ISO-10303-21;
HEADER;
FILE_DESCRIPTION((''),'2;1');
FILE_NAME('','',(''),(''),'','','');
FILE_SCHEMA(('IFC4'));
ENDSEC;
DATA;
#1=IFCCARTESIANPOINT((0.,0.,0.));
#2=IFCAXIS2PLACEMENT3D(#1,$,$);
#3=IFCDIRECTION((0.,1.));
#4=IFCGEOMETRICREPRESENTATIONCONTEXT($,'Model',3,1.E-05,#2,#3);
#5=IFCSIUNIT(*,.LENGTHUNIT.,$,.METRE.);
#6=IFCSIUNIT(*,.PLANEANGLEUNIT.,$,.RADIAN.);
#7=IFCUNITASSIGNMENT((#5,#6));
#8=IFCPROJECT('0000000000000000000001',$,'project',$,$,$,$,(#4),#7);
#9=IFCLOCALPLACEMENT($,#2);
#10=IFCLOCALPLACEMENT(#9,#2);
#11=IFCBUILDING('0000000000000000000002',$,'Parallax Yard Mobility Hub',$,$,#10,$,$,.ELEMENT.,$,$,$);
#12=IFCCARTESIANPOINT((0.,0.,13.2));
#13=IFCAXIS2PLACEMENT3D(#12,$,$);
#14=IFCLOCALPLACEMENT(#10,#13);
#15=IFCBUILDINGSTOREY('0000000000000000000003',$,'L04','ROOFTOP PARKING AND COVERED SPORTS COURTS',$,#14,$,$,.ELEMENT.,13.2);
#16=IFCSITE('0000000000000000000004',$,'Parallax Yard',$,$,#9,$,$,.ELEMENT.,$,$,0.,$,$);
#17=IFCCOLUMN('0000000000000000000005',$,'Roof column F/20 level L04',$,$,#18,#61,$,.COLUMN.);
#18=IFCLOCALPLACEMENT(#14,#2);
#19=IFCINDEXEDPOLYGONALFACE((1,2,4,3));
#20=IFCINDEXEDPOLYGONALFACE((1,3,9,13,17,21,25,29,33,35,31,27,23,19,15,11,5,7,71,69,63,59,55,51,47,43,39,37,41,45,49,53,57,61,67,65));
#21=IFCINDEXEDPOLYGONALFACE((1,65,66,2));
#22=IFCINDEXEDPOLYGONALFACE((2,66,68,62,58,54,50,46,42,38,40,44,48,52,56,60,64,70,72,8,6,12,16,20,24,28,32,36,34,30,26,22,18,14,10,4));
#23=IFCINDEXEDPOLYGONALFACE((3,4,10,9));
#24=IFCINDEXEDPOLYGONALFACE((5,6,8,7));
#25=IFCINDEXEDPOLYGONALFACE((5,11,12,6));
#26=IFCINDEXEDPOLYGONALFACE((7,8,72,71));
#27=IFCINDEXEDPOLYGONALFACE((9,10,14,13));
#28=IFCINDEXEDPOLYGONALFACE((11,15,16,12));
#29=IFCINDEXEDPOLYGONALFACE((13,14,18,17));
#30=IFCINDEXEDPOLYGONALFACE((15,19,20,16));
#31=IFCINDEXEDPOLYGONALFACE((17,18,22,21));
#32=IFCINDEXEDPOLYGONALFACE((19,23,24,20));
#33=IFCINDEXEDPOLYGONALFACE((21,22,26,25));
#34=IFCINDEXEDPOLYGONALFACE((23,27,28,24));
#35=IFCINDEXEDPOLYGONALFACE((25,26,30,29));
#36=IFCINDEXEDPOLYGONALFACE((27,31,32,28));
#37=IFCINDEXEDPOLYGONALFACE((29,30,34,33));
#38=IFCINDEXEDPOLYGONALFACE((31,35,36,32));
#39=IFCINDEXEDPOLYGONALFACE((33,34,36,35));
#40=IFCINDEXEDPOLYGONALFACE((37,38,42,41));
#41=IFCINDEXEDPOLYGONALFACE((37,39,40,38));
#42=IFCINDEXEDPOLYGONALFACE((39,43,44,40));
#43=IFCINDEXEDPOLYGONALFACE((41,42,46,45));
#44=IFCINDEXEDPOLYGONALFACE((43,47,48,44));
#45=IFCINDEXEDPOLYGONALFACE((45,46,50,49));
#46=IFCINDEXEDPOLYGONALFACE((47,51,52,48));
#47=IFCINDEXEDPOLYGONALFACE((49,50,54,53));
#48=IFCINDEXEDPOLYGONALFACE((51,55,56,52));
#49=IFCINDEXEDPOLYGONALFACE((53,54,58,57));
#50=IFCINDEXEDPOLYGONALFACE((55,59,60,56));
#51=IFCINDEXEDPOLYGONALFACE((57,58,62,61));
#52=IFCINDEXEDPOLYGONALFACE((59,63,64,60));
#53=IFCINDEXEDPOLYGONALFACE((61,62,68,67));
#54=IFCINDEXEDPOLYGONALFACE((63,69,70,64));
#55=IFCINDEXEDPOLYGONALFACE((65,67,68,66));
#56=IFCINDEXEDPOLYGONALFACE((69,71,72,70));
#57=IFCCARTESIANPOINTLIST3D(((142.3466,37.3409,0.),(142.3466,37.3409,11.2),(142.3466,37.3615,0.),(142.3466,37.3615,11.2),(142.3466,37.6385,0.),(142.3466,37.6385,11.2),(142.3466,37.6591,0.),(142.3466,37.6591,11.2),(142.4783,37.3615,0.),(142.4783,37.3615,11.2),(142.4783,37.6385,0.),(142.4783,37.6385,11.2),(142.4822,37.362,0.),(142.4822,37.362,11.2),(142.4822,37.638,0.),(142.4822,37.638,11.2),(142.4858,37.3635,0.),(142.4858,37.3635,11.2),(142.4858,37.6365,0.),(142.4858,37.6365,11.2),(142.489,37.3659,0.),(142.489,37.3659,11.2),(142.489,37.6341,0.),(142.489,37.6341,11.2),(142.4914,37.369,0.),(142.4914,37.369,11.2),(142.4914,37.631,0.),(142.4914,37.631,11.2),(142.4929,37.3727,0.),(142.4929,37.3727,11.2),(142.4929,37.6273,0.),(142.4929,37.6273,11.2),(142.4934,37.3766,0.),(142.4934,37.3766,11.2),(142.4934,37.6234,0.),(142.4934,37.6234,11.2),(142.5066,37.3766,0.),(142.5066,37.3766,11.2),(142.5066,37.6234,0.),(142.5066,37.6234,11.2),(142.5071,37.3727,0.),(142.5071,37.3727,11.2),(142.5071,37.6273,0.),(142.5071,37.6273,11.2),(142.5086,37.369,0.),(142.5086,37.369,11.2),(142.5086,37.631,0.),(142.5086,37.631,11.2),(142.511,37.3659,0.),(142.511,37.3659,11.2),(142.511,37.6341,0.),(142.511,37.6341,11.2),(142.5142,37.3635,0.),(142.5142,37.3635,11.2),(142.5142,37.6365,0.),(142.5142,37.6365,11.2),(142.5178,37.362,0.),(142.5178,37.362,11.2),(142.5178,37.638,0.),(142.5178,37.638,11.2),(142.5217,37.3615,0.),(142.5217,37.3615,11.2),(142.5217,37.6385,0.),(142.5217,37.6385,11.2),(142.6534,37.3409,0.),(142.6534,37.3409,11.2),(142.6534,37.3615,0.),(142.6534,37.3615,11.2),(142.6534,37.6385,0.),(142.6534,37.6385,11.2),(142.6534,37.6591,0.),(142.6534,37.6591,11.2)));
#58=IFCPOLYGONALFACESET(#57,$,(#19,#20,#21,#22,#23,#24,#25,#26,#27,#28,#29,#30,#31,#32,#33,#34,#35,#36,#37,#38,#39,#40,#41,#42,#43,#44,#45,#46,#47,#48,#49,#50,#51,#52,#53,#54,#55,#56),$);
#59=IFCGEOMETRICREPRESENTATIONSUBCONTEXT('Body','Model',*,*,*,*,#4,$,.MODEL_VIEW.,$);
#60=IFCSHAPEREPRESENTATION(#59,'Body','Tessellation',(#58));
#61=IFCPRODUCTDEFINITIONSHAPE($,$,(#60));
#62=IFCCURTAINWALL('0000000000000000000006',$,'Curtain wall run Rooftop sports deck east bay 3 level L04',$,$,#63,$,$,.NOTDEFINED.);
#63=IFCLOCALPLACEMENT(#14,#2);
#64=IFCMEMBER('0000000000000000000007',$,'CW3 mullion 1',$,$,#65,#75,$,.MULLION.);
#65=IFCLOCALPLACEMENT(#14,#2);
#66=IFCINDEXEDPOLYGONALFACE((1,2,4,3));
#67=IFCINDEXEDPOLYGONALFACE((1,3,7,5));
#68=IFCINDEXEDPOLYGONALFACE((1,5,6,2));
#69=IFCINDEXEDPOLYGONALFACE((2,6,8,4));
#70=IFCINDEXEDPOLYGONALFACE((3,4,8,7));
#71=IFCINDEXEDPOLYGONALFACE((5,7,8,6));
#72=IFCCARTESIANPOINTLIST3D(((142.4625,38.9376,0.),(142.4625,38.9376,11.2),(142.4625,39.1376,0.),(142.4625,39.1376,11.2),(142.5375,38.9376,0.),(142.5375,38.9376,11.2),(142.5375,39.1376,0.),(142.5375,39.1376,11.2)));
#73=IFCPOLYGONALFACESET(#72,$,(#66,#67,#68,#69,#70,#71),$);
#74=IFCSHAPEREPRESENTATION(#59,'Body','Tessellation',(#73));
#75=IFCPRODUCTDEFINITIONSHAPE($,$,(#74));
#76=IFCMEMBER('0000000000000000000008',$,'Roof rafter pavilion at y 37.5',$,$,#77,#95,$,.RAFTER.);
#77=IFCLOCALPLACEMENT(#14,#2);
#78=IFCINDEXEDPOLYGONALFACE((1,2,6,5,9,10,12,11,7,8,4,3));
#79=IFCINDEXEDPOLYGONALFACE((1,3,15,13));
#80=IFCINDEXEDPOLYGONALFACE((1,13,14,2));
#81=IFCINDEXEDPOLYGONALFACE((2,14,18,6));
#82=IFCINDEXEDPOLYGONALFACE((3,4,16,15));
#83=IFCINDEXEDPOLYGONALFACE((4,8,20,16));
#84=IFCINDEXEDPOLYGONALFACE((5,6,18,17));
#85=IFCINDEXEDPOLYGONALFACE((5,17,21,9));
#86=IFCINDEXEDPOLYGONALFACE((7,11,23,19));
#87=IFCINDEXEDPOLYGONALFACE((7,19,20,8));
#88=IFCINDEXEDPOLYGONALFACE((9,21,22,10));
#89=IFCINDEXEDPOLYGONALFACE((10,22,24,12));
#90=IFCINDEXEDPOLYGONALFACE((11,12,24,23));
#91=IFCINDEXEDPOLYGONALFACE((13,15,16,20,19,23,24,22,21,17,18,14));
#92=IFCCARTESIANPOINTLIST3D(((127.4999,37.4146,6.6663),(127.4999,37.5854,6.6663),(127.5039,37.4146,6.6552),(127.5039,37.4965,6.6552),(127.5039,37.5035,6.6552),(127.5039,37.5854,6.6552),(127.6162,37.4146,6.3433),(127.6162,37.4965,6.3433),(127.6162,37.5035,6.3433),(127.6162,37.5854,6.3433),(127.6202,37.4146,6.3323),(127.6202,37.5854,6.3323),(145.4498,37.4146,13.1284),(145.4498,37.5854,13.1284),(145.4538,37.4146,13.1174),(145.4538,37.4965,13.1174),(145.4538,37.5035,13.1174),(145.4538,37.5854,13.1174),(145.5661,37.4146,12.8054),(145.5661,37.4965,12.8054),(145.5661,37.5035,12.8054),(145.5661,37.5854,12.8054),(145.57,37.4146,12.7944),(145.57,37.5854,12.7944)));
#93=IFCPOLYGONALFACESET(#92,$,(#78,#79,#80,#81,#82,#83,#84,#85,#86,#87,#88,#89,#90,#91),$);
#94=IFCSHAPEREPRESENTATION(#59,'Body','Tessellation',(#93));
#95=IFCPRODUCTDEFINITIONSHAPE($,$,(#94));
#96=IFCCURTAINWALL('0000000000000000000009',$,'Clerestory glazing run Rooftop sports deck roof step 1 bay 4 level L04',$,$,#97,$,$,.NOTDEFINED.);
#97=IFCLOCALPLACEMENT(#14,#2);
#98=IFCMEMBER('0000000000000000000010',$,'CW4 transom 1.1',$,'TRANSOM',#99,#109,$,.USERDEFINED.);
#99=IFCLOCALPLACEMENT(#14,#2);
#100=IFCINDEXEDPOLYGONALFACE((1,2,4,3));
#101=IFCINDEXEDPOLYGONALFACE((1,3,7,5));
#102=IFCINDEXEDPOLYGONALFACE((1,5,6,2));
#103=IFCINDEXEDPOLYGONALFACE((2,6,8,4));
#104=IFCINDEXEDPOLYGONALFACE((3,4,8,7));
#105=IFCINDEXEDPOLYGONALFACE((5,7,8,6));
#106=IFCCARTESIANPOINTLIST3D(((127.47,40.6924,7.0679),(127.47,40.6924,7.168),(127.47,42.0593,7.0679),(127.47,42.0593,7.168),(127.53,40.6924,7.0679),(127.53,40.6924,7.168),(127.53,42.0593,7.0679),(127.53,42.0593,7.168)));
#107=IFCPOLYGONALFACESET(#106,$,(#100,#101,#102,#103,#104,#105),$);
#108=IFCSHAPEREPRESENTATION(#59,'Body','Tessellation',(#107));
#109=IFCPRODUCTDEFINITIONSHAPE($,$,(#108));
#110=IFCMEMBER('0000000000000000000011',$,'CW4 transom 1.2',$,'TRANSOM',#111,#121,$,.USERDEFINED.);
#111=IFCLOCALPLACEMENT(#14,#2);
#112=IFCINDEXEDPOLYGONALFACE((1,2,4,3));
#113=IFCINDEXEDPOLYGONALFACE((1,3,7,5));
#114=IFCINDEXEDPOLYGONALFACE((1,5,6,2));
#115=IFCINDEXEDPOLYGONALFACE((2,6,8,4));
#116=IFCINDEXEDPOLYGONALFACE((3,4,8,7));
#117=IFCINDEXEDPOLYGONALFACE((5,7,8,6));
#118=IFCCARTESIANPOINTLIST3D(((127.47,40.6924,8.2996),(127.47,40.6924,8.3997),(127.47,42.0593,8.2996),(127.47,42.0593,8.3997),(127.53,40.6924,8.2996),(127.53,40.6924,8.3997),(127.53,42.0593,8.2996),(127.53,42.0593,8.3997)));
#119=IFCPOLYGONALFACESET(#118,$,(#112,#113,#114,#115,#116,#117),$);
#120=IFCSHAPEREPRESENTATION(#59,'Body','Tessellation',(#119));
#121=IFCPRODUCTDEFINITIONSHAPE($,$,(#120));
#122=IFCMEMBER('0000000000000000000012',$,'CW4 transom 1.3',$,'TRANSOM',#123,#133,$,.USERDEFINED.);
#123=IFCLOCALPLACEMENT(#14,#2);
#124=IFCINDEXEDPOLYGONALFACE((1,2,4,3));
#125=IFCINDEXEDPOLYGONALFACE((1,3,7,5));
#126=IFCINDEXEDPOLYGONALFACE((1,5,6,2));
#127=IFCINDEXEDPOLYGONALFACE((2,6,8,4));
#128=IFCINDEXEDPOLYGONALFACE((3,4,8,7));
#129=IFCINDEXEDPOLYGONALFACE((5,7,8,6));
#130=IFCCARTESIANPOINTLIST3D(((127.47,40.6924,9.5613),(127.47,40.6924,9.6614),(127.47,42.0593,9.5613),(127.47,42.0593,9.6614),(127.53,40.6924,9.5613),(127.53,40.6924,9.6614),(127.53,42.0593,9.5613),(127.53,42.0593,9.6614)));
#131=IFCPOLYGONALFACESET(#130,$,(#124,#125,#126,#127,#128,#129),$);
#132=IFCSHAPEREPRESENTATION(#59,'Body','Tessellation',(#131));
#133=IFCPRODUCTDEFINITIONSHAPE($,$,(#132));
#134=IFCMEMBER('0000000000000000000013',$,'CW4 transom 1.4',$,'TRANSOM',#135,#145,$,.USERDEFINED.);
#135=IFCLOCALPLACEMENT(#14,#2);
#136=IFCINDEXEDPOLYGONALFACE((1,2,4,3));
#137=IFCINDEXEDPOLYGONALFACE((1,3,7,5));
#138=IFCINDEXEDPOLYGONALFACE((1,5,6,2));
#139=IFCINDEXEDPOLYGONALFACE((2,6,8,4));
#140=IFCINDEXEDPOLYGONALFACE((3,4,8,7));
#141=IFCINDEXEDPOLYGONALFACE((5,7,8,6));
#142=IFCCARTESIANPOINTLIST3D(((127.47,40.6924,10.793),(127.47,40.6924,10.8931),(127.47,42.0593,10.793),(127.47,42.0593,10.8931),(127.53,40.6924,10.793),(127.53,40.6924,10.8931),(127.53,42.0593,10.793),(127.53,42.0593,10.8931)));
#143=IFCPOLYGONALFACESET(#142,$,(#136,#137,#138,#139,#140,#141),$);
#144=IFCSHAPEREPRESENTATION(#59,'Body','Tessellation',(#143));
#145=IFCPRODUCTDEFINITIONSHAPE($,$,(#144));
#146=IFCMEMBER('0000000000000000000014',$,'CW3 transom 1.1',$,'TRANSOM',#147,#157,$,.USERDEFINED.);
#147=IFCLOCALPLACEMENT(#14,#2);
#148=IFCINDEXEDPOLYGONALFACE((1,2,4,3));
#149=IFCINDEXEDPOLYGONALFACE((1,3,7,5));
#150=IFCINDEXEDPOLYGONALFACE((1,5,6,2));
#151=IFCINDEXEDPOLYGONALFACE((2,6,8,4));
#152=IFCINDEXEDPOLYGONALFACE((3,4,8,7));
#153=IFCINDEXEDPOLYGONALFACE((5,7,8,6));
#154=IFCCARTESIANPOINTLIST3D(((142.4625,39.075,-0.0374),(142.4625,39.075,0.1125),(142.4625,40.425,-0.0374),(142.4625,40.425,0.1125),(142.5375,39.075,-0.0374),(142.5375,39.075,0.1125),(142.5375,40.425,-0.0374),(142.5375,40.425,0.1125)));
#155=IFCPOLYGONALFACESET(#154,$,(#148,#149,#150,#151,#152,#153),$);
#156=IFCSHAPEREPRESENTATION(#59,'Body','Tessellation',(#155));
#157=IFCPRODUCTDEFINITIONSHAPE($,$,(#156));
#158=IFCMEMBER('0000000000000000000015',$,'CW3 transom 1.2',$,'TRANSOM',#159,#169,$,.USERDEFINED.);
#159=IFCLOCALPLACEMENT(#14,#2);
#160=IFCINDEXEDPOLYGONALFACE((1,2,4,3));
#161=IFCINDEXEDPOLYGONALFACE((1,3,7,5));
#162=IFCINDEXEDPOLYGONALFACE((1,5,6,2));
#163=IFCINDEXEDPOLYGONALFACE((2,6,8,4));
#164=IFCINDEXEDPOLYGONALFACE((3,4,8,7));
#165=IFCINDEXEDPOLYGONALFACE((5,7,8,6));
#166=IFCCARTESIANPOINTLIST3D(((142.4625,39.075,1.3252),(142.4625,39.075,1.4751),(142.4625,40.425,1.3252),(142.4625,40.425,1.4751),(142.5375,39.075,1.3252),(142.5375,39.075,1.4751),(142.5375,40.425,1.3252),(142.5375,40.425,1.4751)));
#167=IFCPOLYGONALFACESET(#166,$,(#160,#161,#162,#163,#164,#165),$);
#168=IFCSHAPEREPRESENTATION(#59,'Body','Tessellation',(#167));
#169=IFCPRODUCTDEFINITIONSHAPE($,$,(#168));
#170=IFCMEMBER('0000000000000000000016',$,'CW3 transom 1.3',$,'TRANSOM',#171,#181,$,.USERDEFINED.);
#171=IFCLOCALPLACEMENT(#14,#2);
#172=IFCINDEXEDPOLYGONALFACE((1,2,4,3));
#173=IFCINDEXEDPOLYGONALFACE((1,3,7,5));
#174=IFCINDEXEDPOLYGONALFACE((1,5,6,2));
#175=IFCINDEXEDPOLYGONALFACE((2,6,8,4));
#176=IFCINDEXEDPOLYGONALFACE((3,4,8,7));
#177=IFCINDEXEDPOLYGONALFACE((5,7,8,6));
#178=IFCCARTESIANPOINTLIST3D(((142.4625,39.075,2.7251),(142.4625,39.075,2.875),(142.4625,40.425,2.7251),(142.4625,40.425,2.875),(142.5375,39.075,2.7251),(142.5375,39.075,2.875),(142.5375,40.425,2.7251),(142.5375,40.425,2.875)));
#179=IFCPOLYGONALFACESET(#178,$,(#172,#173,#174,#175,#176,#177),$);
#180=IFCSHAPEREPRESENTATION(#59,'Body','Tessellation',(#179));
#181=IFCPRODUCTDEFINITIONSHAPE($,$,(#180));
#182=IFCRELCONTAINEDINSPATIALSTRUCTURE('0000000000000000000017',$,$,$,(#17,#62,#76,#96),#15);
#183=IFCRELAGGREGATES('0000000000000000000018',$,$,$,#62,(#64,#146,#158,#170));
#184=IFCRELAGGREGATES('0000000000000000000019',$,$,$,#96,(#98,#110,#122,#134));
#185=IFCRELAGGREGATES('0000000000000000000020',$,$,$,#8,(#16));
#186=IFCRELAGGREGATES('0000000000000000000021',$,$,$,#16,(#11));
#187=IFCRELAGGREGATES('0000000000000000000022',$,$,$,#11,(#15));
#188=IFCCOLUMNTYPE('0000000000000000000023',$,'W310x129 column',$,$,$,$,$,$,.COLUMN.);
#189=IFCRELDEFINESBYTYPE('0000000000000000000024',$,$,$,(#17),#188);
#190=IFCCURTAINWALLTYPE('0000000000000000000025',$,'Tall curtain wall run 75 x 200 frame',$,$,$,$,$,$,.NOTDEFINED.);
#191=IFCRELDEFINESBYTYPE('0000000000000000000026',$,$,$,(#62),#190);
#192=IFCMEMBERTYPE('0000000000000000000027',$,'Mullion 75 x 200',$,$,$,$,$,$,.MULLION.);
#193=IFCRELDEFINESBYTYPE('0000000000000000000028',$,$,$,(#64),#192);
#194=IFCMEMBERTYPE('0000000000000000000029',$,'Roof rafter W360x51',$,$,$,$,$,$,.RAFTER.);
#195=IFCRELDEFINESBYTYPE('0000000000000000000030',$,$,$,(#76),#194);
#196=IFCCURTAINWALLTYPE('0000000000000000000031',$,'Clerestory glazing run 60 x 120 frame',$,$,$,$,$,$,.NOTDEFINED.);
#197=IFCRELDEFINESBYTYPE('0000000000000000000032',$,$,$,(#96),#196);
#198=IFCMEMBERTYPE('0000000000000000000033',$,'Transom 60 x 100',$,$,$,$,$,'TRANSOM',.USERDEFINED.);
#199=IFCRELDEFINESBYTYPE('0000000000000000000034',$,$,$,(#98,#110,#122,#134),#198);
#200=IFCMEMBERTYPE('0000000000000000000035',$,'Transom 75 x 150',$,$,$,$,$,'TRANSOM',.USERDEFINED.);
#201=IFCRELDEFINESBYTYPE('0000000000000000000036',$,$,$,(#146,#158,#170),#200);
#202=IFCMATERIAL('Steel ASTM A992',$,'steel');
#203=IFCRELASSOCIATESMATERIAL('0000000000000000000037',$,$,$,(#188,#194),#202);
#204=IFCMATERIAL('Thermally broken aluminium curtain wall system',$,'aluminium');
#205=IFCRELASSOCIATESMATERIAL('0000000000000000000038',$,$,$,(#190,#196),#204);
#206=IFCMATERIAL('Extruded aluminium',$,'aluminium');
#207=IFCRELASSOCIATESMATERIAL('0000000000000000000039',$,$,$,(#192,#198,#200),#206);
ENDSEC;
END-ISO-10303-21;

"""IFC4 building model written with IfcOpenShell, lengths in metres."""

from ifc_helpers import new_model, si_unit, direction, frame, origin, origin_2d, place, context, subcontext, project, spatial, rectangle, i_section, extrude, material, material_profile, profile_set, type_object, element, aggregate, save


model = new_model("IFC4")

# Units and contexts
model_context = context("Model", 3, precision=1e-05, world=origin(), true_north=direction((0.0, 1.0)))
body_context = subcontext(model_context, "Body", "Model", "MODEL_VIEW")
ifc_project = project(units=[si_unit("LENGTHUNIT", "METRE"), si_unit("PLANEANGLEUNIT", "RADIAN")], contexts=[model_context])

# Site, building, storey
site_placement = place(None, origin())
site = spatial("IfcSite", under=ifc_project, at=site_placement, Name="Parallax Yard", CompositionType="ELEMENT", RefElevation=0.0)
building_placement = place(site_placement, origin())
building = spatial("IfcBuilding", under=site, at=building_placement, Name="Parallax Yard Mobility Hub", CompositionType="ELEMENT")
storey_placement = place(building_placement, frame((0.0, 0.0, 13.2)))
storey = spatial("IfcBuildingStorey", under=building, at=storey_placement, Name="L04", Description="ROOFTOP PARKING AND COVERED SPORTS COURTS", CompositionType="ELEMENT", Elevation=13.2)

# Column
ifc_material_1 = material(Name="Steel ASTM A992", Category="steel")
ifc_material_profile_1 = material_profile(ifc_material_1, i_section(OverallWidth=0.3069, OverallDepth=0.3181, WebThickness=0.0132, FlangeThickness=0.0205, FilletRadius=0.0151, at=origin_2d()), Name="W310x129")
ifc_profile_set_1 = profile_set([ifc_material_profile_1], Name="Steel ASTM A992")
column_type = type_object("IfcColumnType", Name="W310x129 column", PredefinedType="COLUMN", material=ifc_profile_set_1)
column_placement = place(storey_placement, frame((142.5, 37.5, 0.0), z_axis=(0.0, 0.0, 1.0), x_axis=(1.0, 0.0, 0.0)))
element("IfcColumn", 1, at=column_placement, inside=storey, type_object=column_type, Name="Roof column F/20 level L04", PredefinedType="COLUMN", context=body_context, shape_type="SweptSolid", body=[
    extrude(i_section(OverallWidth=0.3069, OverallDepth=0.3181, WebThickness=0.0132, FlangeThickness=0.0205, FilletRadius=0.0151, at=origin_2d()), origin(), (0.0, 0.0, 1.0), 11.2),
])

# Curtain wall, member
ifc_material_2 = material(Name="Thermally broken aluminium curtain wall system", Category="aluminium")
curtain_wall_type_1 = type_object("IfcCurtainWallType", Name="Tall curtain wall run 75 x 200 frame", PredefinedType="NOTDEFINED", material=ifc_material_2)
curtain_wall_1_placement = place(storey_placement, origin())
curtain_wall_1 = element("IfcCurtainWall", 2, at=curtain_wall_1_placement, inside=storey, type_object=curtain_wall_type_1, Name="Curtain wall run Rooftop sports deck east bay 3 level L04", PredefinedType="NOTDEFINED")
ifc_material_3 = material(Name="Extruded aluminium", Category="aluminium")
ifc_material_profile_2 = material_profile(ifc_material_3, rectangle(XDim=0.075, YDim=0.2, at=origin_2d()), Name="Mullion 75 x 200")
ifc_profile_set_2 = profile_set([ifc_material_profile_2], Name="Extruded aluminium")
member_type_1 = type_object("IfcMemberType", Name="Mullion 75 x 200", PredefinedType="MULLION", material=ifc_profile_set_2)
member_1_placement = place(storey_placement, frame((142.5, 39.0376, 0.0), z_axis=(0.0, 0.0, 1.0), x_axis=(-1.0, 0.0, 0.0)))
member_1 = element("IfcMember", 3, at=member_1_placement, type_object=member_type_1, Name="CW3 mullion 1", PredefinedType="MULLION", context=body_context, shape_type="SweptSolid", body=[
    extrude(rectangle(XDim=0.075, YDim=0.2, at=origin_2d()), origin(), (0.0, 0.0, 1.0), 11.2),
])

# Member
ifc_material_profile_3 = material_profile(ifc_material_1, i_section(OverallWidth=0.1709, OverallDepth=0.355, WebThickness=0.0071, FlangeThickness=0.0117, at=origin_2d()), Name="W360x51")
ifc_profile_set_3 = profile_set([ifc_material_profile_3], Name="Steel ASTM A992")
member_type_2 = type_object("IfcMemberType", Name="Roof rafter W360x51", PredefinedType="RAFTER", material=ifc_profile_set_3)
member_2_placement = place(storey_placement, frame((127.5601, 37.5, 6.4993), z_axis=(0.940884, 0.0, 0.338728), x_axis=(0.0, 1.0, 0.0)))
element("IfcMember", 4, at=member_2_placement, inside=storey, type_object=member_type_2, Name="Roof rafter pavilion at y 37.5", PredefinedType="RAFTER", context=body_context, shape_type="SweptSolid", body=[
    extrude(i_section(OverallWidth=0.1709, OverallDepth=0.355, WebThickness=0.0071, FlangeThickness=0.0117, at=origin_2d()), origin(), (0.0, 0.0, 1.0), 19.0776),
])

# Curtain wall, members
curtain_wall_type_2 = type_object("IfcCurtainWallType", Name="Clerestory glazing run 60 x 120 frame", PredefinedType="NOTDEFINED", material=ifc_material_2)
curtain_wall_2_placement = place(storey_placement, origin())
curtain_wall_2 = element("IfcCurtainWall", 5, at=curtain_wall_2_placement, inside=storey, type_object=curtain_wall_type_2, Name="Clerestory glazing run Rooftop sports deck roof step 1 bay 4 level L04", PredefinedType="NOTDEFINED")
ifc_material_profile_4 = material_profile(ifc_material_3, rectangle(XDim=0.0601, YDim=0.1001, at=origin_2d()), Name="Transom 60 x 100")
ifc_profile_set_4 = profile_set([ifc_material_profile_4], Name="Extruded aluminium")
member_type_3 = type_object("IfcMemberType", Name="Transom 60 x 100", ElementType="TRANSOM", PredefinedType="USERDEFINED", material=ifc_profile_set_4)
member_3_placement = place(storey_placement, frame((127.5, 40.6924, 7.1179), z_axis=(0.0, 1.0, 0.0), x_axis=(-1.0, 0.0, 0.0)))
member_3 = element("IfcMember", 6, at=member_3_placement, type_object=member_type_3, Name="CW4 transom 1.1", ObjectType="TRANSOM", PredefinedType="USERDEFINED", context=body_context, shape_type="SweptSolid", body=[
    extrude(rectangle(XDim=0.0601, YDim=0.1001, at=origin_2d()), origin(), (0.0, 0.0, 1.0), 1.3669),
])
member_4_placement = place(storey_placement, frame((127.5, 40.6924, 8.3496), z_axis=(0.0, 1.0, 0.0), x_axis=(-1.0, 0.0, 0.0)))
member_4 = element("IfcMember", 7, at=member_4_placement, type_object=member_type_3, Name="CW4 transom 1.2", ObjectType="TRANSOM", PredefinedType="USERDEFINED", context=body_context, shape_type="SweptSolid", body=[
    extrude(rectangle(XDim=0.0601, YDim=0.1001, at=origin_2d()), origin(), (0.0, 0.0, 1.0), 1.3669),
])
member_5_placement = place(storey_placement, frame((127.5, 40.6924, 9.6113), z_axis=(0.0, 1.0, 0.0), x_axis=(-1.0, 0.0, 0.0)))
member_5 = element("IfcMember", 8, at=member_5_placement, type_object=member_type_3, Name="CW4 transom 1.3", ObjectType="TRANSOM", PredefinedType="USERDEFINED", context=body_context, shape_type="SweptSolid", body=[
    extrude(rectangle(XDim=0.0601, YDim=0.1001, at=origin_2d()), origin(), (0.0, 0.0, 1.0), 1.3669),
])
member_6_placement = place(storey_placement, frame((127.5, 40.6924, 10.843), z_axis=(0.0, 1.0, 0.0), x_axis=(-1.0, 0.0, 0.0)))
member_6 = element("IfcMember", 9, at=member_6_placement, type_object=member_type_3, Name="CW4 transom 1.4", ObjectType="TRANSOM", PredefinedType="USERDEFINED", context=body_context, shape_type="SweptSolid", body=[
    extrude(rectangle(XDim=0.0601, YDim=0.1001, at=origin_2d()), origin(), (0.0, 0.0, 1.0), 1.3669),
])

# Members
ifc_material_profile_5 = material_profile(ifc_material_3, rectangle(XDim=0.075, YDim=0.1499, at=origin_2d()), Name="Transom 75 x 150")
ifc_profile_set_5 = profile_set([ifc_material_profile_5], Name="Extruded aluminium")
member_type_4 = type_object("IfcMemberType", Name="Transom 75 x 150", ElementType="TRANSOM", PredefinedType="USERDEFINED", material=ifc_profile_set_5)
member_7_placement = place(storey_placement, frame((142.5, 39.075, 0.0376), z_axis=(0.0, 1.0, 0.0), x_axis=(-1.0, 0.0, 0.0)))
member_7 = element("IfcMember", 10, at=member_7_placement, type_object=member_type_4, Name="CW3 transom 1.1", ObjectType="TRANSOM", PredefinedType="USERDEFINED", context=body_context, shape_type="SweptSolid", body=[
    extrude(rectangle(XDim=0.075, YDim=0.1499, at=origin_2d()), origin(), (0.0, 0.0, 1.0), 1.3501),
])
member_8_placement = place(storey_placement, frame((142.5, 39.075, 1.4001), z_axis=(0.0, 1.0, 0.0), x_axis=(-1.0, 0.0, 0.0)))
member_8 = element("IfcMember", 11, at=member_8_placement, type_object=member_type_4, Name="CW3 transom 1.2", ObjectType="TRANSOM", PredefinedType="USERDEFINED", context=body_context, shape_type="SweptSolid", body=[
    extrude(rectangle(XDim=0.075, YDim=0.1499, at=origin_2d()), origin(), (0.0, 0.0, 1.0), 1.3501),
])
member_9_placement = place(storey_placement, frame((142.5, 39.075, 2.8), z_axis=(0.0, 1.0, 0.0), x_axis=(-1.0, 0.0, 0.0)))
member_9 = element("IfcMember", 12, at=member_9_placement, type_object=member_type_4, Name="CW3 transom 1.3", ObjectType="TRANSOM", PredefinedType="USERDEFINED", context=body_context, shape_type="SweptSolid", body=[
    extrude(rectangle(XDim=0.075, YDim=0.1499, at=origin_2d()), origin(), (0.0, 0.0, 1.0), 1.3501),
])
aggregate(curtain_wall_1, [member_1, member_7, member_8, member_9])

aggregate(curtain_wall_2, [member_3, member_4, member_5, member_6])

save(model, "model.ifc")
